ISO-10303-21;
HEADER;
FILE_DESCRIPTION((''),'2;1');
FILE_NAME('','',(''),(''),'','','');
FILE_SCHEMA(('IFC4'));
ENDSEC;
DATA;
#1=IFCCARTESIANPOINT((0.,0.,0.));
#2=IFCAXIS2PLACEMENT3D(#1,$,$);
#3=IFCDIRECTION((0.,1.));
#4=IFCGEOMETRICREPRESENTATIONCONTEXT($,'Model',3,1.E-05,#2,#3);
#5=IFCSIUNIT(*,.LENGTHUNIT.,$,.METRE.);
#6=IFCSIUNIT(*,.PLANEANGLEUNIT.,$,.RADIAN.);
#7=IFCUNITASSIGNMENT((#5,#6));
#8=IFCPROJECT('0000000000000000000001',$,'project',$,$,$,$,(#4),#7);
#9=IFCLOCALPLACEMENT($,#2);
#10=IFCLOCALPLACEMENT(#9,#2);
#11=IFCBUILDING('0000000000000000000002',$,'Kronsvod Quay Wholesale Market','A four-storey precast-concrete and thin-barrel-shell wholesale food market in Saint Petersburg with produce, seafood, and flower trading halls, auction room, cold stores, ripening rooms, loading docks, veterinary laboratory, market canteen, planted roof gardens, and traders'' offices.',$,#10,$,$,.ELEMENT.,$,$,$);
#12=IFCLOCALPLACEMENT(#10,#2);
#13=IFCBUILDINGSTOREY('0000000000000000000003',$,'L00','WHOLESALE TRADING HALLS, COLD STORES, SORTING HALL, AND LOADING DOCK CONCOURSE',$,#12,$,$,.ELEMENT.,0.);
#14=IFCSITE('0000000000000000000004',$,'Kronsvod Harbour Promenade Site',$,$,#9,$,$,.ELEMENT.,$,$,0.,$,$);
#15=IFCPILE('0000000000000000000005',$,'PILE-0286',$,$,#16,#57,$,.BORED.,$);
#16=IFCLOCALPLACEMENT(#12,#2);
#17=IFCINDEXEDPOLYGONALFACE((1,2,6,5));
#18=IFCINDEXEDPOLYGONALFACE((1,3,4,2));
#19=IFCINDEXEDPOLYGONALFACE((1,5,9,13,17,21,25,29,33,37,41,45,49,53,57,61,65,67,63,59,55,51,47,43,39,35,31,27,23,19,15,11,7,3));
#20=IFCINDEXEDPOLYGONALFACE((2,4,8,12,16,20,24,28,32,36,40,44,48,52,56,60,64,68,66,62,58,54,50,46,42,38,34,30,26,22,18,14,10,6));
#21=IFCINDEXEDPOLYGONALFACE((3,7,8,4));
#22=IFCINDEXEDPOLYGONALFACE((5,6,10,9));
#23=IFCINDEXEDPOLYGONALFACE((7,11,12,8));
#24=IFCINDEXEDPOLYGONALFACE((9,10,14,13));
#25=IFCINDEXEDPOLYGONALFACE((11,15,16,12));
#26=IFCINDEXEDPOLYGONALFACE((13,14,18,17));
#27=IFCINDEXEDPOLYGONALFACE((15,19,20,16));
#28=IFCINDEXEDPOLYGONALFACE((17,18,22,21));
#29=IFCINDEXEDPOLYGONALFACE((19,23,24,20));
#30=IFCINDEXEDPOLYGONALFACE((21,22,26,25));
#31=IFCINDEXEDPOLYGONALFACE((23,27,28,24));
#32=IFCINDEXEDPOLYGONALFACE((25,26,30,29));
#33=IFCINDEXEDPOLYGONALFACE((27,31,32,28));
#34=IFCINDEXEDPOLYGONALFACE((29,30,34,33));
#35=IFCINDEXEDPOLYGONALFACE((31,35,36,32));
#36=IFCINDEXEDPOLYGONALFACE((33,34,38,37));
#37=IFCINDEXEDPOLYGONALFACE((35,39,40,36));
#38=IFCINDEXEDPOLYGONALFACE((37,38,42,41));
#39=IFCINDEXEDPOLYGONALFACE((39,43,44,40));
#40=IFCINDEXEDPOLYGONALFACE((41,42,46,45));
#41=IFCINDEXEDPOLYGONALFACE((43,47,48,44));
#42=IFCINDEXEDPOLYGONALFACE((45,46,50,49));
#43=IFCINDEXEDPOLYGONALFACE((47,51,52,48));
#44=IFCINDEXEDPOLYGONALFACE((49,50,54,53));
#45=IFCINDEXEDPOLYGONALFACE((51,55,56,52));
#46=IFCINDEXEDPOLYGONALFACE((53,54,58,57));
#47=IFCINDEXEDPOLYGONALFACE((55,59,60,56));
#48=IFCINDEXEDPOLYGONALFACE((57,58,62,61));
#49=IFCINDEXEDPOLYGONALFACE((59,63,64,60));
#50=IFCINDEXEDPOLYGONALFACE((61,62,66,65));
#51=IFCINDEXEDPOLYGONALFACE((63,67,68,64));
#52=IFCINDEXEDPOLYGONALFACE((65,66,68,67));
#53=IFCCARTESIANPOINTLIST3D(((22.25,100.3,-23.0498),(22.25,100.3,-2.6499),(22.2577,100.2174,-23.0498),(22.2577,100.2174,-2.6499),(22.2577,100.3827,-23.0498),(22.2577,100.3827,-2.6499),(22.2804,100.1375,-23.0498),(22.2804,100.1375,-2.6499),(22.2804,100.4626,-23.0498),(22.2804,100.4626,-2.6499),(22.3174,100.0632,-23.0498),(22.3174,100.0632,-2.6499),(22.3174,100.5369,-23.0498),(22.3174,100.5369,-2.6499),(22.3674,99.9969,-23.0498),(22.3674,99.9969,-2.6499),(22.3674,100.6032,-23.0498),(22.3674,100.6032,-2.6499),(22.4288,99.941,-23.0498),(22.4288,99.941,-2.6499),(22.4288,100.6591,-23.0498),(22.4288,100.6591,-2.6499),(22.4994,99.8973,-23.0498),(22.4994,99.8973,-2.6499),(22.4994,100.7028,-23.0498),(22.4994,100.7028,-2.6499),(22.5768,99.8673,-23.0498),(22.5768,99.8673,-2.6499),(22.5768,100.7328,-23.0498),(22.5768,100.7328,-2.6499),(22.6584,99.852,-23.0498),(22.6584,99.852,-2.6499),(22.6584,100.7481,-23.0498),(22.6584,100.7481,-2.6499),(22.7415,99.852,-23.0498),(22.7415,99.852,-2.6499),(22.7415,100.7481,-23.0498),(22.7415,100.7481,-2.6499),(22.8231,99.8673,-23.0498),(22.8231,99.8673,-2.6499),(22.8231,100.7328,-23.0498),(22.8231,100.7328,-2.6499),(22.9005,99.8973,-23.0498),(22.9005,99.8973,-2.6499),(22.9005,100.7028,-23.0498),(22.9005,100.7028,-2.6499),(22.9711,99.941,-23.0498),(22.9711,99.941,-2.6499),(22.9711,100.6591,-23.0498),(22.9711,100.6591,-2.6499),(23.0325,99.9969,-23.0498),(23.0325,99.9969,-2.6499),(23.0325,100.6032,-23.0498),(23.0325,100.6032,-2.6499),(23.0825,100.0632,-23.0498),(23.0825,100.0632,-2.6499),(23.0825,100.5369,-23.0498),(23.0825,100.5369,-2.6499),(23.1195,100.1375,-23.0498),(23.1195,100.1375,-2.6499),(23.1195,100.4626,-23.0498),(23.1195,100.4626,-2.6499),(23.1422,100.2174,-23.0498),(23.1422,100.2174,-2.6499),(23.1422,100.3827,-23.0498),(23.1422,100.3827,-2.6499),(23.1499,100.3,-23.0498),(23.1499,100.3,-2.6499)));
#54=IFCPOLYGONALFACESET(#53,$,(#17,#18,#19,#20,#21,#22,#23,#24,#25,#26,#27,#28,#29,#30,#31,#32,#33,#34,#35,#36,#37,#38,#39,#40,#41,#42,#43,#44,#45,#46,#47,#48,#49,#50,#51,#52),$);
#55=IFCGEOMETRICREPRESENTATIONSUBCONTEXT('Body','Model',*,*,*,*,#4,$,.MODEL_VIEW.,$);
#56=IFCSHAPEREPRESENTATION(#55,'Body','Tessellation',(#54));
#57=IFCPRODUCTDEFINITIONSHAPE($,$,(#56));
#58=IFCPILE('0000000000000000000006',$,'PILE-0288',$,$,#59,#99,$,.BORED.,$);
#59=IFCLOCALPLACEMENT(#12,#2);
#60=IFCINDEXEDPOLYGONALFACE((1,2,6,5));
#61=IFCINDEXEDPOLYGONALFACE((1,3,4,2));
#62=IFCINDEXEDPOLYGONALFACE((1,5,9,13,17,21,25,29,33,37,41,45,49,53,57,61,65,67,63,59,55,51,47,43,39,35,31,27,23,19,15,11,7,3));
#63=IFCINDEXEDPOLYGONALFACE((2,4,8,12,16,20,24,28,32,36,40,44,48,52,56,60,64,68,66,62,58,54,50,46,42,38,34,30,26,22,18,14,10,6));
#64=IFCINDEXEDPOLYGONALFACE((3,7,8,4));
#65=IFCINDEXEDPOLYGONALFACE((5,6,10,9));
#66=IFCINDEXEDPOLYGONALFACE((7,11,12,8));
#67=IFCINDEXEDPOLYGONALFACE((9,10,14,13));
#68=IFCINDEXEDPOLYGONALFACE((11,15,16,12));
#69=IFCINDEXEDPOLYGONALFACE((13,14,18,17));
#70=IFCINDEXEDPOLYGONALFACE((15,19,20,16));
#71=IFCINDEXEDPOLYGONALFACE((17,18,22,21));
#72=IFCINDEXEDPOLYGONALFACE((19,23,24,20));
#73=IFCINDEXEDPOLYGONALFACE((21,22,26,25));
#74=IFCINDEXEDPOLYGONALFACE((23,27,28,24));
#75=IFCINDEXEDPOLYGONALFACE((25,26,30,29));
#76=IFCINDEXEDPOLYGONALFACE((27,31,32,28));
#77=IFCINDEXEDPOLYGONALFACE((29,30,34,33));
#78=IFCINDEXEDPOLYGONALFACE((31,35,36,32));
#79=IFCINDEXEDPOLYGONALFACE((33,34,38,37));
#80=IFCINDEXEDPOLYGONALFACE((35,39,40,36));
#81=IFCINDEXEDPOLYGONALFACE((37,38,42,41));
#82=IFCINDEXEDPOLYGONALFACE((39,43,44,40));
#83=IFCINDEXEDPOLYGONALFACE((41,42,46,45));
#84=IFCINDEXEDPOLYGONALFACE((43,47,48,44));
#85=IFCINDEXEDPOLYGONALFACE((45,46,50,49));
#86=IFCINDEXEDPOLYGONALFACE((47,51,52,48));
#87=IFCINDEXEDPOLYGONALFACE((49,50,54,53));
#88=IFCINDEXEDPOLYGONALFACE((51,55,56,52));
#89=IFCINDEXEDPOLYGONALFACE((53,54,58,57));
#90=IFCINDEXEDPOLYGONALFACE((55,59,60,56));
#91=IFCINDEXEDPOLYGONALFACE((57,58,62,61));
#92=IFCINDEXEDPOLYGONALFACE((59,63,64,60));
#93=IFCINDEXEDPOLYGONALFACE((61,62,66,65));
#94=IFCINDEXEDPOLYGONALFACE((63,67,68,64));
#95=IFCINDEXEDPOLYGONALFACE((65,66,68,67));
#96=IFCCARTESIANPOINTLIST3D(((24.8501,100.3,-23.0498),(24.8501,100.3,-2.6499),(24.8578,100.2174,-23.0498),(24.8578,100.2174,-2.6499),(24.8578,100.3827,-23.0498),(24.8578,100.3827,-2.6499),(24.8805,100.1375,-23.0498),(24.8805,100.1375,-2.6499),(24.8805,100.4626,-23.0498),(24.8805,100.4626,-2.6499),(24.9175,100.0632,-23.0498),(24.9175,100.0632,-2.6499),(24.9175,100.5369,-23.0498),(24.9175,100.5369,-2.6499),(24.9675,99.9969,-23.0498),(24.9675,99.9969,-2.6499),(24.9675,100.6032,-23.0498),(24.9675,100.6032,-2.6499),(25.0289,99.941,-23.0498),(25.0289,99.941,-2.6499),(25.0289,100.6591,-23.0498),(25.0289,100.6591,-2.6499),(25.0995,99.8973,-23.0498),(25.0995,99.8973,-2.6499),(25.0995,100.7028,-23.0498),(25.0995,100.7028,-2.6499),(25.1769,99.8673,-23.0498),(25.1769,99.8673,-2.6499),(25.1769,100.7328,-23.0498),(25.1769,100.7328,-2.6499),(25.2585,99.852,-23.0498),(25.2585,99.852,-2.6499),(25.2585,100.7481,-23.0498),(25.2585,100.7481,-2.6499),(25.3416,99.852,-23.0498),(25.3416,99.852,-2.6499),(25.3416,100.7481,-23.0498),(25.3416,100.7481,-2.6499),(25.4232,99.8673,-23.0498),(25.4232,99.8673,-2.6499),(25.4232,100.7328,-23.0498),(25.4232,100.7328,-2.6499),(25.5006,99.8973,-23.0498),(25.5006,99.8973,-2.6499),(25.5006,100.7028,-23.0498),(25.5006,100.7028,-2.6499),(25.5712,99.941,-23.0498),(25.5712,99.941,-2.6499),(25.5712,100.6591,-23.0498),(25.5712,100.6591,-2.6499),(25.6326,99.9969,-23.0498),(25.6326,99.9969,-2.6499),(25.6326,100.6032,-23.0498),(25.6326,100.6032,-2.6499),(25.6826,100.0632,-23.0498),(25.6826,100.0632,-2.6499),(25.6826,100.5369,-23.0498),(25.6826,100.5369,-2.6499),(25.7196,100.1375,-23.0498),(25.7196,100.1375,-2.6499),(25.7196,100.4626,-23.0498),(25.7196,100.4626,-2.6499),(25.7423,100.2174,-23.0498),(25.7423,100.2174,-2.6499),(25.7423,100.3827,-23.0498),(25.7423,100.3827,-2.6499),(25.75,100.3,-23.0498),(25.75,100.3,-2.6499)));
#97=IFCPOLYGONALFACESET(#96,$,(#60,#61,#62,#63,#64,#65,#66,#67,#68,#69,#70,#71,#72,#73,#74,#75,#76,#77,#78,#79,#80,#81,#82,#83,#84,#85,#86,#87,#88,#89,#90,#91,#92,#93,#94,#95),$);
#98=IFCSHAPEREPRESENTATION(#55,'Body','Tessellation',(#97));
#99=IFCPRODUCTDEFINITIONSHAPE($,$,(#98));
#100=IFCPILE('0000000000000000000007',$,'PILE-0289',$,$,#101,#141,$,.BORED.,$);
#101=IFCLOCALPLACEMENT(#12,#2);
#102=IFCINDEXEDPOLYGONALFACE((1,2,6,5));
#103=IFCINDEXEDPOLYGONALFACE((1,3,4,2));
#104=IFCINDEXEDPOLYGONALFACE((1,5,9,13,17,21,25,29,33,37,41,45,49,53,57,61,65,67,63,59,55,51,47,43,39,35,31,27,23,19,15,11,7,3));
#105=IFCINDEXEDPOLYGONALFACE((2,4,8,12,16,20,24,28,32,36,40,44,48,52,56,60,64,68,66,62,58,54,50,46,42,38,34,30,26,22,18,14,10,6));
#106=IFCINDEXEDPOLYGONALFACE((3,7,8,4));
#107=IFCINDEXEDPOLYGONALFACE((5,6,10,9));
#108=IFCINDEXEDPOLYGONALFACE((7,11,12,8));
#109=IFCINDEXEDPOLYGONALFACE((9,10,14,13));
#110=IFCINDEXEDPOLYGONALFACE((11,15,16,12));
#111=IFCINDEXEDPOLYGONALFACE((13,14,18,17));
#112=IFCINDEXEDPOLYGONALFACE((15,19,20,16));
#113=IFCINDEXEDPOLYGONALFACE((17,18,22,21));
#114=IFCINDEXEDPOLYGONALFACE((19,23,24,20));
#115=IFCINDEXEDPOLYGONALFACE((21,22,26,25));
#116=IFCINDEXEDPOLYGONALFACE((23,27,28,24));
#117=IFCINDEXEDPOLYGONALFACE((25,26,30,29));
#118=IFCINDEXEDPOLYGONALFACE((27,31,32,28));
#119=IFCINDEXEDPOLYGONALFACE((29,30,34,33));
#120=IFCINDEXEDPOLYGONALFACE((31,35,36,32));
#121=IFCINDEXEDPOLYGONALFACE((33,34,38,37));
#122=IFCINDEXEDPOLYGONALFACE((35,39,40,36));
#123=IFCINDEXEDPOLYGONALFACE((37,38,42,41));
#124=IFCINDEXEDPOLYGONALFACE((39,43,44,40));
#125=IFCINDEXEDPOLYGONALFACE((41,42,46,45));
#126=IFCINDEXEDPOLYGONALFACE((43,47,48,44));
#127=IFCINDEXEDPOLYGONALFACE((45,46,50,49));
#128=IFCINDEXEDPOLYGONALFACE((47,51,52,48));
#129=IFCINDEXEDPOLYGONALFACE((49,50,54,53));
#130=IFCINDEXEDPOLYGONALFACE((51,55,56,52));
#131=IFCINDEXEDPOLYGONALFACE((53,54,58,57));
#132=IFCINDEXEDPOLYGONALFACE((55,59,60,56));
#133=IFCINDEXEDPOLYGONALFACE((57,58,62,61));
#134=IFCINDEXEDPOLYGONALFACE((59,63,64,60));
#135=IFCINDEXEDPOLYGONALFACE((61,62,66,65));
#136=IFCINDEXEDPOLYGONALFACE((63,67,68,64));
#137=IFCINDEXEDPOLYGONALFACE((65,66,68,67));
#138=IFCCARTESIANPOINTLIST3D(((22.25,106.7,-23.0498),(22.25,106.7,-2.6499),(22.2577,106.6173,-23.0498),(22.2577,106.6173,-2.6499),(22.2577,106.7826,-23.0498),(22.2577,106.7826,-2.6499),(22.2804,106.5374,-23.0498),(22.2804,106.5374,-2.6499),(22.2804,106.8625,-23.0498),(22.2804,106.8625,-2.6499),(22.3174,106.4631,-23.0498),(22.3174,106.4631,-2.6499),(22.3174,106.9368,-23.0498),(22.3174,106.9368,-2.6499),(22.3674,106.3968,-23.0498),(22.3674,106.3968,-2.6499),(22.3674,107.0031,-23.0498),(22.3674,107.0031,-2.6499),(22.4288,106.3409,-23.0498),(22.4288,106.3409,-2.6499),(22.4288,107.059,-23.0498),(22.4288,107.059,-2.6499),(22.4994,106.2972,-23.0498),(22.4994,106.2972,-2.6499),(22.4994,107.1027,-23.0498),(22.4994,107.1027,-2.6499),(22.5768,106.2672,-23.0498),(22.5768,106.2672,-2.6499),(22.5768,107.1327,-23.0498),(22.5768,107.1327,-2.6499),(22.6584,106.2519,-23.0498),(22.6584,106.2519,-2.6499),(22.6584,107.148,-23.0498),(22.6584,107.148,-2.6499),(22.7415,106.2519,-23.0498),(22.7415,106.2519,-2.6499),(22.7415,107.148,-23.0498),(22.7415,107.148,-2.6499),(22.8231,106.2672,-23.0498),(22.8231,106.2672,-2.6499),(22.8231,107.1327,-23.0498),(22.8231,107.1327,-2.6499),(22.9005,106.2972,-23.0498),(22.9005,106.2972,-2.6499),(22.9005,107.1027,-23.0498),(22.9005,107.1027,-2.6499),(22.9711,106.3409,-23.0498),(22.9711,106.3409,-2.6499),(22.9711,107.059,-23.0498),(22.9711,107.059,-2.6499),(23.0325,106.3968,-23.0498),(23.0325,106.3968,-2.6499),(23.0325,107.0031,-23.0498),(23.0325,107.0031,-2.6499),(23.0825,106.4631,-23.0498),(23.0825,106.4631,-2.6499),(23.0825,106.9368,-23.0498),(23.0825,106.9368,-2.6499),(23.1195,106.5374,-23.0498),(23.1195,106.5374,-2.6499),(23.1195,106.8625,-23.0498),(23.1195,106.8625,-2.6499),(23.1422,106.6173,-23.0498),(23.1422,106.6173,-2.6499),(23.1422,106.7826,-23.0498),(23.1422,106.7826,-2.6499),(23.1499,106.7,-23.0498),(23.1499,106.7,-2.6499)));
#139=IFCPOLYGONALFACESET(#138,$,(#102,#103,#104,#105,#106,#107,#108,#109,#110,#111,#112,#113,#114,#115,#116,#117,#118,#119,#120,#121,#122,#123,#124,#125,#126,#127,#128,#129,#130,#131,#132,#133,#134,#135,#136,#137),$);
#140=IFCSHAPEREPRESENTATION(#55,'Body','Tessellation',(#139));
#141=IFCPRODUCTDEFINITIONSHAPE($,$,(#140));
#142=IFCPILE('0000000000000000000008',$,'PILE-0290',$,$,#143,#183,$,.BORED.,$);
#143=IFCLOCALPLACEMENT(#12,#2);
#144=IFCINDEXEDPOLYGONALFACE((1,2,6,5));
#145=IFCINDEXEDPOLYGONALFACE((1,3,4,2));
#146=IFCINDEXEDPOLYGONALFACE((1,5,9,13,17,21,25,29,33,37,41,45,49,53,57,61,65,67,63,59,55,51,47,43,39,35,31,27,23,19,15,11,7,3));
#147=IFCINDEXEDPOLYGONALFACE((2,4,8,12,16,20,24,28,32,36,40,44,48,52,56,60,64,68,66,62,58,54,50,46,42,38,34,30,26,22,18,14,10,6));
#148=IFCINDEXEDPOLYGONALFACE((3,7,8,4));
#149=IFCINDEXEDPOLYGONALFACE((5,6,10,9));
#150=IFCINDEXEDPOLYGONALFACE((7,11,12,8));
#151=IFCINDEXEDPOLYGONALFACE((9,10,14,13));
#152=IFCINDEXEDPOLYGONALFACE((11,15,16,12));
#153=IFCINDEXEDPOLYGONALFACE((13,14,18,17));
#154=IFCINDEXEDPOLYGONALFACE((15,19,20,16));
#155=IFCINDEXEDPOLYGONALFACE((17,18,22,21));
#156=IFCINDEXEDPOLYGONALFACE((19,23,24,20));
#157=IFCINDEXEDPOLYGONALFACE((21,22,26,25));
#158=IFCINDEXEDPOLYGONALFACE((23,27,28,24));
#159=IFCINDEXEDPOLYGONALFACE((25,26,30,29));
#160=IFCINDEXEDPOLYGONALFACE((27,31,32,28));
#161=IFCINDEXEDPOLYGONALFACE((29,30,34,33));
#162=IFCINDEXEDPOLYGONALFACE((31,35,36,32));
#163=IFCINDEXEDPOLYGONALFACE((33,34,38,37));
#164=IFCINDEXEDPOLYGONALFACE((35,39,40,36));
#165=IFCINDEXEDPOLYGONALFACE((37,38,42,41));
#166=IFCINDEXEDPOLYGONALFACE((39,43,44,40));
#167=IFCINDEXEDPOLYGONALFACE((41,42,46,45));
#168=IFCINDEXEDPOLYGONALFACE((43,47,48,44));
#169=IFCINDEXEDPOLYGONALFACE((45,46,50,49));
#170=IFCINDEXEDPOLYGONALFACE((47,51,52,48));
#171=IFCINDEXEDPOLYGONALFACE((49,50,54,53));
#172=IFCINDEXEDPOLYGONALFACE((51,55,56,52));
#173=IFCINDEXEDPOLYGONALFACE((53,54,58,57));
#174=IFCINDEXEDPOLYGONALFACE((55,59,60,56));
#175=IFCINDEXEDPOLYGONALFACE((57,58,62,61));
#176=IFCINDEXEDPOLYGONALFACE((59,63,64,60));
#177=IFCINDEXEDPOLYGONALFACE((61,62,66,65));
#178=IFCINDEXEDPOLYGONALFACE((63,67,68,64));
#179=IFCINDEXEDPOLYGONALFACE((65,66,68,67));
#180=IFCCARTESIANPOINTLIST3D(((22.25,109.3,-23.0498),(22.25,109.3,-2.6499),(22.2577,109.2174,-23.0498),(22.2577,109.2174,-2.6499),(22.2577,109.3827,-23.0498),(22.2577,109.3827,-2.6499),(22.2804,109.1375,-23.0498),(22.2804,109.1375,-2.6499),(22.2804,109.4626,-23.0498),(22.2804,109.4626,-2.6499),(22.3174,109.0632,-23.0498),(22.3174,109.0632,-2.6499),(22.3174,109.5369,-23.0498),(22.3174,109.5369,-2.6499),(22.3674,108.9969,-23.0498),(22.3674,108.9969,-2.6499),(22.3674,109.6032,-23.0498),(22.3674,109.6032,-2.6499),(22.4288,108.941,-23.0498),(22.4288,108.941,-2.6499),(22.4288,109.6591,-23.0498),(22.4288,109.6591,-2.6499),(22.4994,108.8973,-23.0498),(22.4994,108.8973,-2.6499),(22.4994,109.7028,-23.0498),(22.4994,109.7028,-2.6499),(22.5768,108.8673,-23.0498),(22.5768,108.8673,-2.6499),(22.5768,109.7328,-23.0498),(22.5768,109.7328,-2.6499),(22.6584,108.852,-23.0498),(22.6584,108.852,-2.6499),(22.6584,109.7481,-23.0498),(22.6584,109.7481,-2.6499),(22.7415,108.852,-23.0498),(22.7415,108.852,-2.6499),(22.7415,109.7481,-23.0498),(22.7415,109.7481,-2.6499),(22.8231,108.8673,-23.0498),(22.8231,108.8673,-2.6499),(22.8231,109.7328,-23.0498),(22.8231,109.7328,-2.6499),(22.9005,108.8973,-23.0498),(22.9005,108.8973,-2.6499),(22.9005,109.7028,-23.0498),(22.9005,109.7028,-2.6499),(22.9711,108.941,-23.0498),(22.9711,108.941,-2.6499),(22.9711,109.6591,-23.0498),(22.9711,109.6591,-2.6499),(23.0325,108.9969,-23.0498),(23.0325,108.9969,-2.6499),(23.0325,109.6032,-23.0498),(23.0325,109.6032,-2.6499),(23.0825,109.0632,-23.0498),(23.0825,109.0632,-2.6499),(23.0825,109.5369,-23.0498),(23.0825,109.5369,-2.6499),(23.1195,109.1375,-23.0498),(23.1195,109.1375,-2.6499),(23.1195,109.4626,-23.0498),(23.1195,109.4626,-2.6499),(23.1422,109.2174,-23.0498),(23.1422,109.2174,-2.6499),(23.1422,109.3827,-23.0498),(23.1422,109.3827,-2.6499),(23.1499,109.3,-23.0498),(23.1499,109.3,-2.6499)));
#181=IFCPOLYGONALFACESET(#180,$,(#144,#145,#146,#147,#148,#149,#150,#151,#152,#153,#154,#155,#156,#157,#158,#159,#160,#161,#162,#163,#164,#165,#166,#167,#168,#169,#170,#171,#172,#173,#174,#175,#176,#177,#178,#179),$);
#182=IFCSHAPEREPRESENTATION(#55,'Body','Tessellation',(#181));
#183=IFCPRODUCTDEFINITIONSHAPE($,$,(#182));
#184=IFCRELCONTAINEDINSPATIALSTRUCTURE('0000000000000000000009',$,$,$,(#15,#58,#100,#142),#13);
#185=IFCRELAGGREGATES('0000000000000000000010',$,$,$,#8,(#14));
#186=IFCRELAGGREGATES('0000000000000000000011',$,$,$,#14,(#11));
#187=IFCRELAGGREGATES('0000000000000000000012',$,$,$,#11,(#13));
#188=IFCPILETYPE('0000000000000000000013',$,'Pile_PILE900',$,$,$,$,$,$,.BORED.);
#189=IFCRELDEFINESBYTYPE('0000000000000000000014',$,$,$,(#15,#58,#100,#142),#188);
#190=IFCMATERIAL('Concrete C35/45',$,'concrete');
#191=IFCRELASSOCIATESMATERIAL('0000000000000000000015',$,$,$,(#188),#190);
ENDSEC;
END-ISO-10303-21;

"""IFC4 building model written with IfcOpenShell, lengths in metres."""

from ifc_helpers import new_model, si_unit, direction, frame, origin, origin_2d, place, context, subcontext, project, spatial, circle, extrude, material, material_profile, profile_set, type_object, element, save


model = new_model("IFC4")

# Units and contexts
model_context = context("Model", 3, precision=1e-05, world=origin(), true_north=direction((0.0, 1.0)))
body_context = subcontext(model_context, "Body", "Model", "MODEL_VIEW")
ifc_project = project(units=[si_unit("LENGTHUNIT", "METRE"), si_unit("PLANEANGLEUNIT", "RADIAN")], contexts=[model_context])

# Site, building, storey
site_placement = place(None, origin())
site = spatial("IfcSite", under=ifc_project, at=site_placement, Name="Kronsvod Harbour Promenade Site", CompositionType="ELEMENT", RefElevation=0.0)
building_placement = place(site_placement, origin())
building = spatial("IfcBuilding", under=site, at=building_placement, Name="Kronsvod Quay Wholesale Market", Description="A four-storey precast-concrete and thin-barrel-shell wholesale food market in Saint Petersburg with produce, seafood, and flower trading halls, auction room, cold stores, ripening rooms, loading docks, veterinary laboratory, market canteen, planted roof gardens, and traders' offices.", CompositionType="ELEMENT")
storey_placement = place(building_placement, origin())
storey = spatial("IfcBuildingStorey", under=building, at=storey_placement, Name="L00", Description="WHOLESALE TRADING HALLS, COLD STORES, SORTING HALL, AND LOADING DOCK CONCOURSE", CompositionType="ELEMENT", Elevation=0.0)

# Piles
ifc_material_1 = material(Name="Concrete C35/45", Category="concrete")
ifc_material_profile_1 = material_profile(ifc_material_1, circle(Radius=0.45, at=origin_2d()), Name="PILE900")
ifc_profile_set_1 = profile_set([ifc_material_profile_1], Name="Concrete C35/45")
pile_type = type_object("IfcPileType", Name="Pile_PILE900", PredefinedType="BORED", material=ifc_profile_set_1)
for number, where, z_axis, x_axis, name in (
    (1, (22.7, 100.3, -2.6499), (0.0, 0.0, -1.0), (1.0, 0.0, 0.0), "PILE-0286"),
    (2, (25.3, 100.3, -2.6499), (0.0, 0.0, -1.0), (1.0, 0.0, 0.0), "PILE-0288"),
    (3, (22.7, 106.7, -2.6499), (0.0, 0.0, -1.0), (1.0, 0.0, 0.0), "PILE-0289"),
    (4, (22.7, 109.3, -2.6499), (0.0, 0.0, -1.0), (1.0, 0.0, 0.0), "PILE-0290"),
):
    element("IfcPile", number, at=place(storey_placement, frame(where, z_axis=z_axis, x_axis=x_axis)), inside=storey, type_object=pile_type, Name=name, PredefinedType="BORED", context=body_context, shape_type="SweptSolid", body=[
        extrude(circle(Radius=0.45, at=origin_2d()), origin(), (0.0, 0.0, 1.0), 20.3999),
    ])

save(model, "model.ifc")
